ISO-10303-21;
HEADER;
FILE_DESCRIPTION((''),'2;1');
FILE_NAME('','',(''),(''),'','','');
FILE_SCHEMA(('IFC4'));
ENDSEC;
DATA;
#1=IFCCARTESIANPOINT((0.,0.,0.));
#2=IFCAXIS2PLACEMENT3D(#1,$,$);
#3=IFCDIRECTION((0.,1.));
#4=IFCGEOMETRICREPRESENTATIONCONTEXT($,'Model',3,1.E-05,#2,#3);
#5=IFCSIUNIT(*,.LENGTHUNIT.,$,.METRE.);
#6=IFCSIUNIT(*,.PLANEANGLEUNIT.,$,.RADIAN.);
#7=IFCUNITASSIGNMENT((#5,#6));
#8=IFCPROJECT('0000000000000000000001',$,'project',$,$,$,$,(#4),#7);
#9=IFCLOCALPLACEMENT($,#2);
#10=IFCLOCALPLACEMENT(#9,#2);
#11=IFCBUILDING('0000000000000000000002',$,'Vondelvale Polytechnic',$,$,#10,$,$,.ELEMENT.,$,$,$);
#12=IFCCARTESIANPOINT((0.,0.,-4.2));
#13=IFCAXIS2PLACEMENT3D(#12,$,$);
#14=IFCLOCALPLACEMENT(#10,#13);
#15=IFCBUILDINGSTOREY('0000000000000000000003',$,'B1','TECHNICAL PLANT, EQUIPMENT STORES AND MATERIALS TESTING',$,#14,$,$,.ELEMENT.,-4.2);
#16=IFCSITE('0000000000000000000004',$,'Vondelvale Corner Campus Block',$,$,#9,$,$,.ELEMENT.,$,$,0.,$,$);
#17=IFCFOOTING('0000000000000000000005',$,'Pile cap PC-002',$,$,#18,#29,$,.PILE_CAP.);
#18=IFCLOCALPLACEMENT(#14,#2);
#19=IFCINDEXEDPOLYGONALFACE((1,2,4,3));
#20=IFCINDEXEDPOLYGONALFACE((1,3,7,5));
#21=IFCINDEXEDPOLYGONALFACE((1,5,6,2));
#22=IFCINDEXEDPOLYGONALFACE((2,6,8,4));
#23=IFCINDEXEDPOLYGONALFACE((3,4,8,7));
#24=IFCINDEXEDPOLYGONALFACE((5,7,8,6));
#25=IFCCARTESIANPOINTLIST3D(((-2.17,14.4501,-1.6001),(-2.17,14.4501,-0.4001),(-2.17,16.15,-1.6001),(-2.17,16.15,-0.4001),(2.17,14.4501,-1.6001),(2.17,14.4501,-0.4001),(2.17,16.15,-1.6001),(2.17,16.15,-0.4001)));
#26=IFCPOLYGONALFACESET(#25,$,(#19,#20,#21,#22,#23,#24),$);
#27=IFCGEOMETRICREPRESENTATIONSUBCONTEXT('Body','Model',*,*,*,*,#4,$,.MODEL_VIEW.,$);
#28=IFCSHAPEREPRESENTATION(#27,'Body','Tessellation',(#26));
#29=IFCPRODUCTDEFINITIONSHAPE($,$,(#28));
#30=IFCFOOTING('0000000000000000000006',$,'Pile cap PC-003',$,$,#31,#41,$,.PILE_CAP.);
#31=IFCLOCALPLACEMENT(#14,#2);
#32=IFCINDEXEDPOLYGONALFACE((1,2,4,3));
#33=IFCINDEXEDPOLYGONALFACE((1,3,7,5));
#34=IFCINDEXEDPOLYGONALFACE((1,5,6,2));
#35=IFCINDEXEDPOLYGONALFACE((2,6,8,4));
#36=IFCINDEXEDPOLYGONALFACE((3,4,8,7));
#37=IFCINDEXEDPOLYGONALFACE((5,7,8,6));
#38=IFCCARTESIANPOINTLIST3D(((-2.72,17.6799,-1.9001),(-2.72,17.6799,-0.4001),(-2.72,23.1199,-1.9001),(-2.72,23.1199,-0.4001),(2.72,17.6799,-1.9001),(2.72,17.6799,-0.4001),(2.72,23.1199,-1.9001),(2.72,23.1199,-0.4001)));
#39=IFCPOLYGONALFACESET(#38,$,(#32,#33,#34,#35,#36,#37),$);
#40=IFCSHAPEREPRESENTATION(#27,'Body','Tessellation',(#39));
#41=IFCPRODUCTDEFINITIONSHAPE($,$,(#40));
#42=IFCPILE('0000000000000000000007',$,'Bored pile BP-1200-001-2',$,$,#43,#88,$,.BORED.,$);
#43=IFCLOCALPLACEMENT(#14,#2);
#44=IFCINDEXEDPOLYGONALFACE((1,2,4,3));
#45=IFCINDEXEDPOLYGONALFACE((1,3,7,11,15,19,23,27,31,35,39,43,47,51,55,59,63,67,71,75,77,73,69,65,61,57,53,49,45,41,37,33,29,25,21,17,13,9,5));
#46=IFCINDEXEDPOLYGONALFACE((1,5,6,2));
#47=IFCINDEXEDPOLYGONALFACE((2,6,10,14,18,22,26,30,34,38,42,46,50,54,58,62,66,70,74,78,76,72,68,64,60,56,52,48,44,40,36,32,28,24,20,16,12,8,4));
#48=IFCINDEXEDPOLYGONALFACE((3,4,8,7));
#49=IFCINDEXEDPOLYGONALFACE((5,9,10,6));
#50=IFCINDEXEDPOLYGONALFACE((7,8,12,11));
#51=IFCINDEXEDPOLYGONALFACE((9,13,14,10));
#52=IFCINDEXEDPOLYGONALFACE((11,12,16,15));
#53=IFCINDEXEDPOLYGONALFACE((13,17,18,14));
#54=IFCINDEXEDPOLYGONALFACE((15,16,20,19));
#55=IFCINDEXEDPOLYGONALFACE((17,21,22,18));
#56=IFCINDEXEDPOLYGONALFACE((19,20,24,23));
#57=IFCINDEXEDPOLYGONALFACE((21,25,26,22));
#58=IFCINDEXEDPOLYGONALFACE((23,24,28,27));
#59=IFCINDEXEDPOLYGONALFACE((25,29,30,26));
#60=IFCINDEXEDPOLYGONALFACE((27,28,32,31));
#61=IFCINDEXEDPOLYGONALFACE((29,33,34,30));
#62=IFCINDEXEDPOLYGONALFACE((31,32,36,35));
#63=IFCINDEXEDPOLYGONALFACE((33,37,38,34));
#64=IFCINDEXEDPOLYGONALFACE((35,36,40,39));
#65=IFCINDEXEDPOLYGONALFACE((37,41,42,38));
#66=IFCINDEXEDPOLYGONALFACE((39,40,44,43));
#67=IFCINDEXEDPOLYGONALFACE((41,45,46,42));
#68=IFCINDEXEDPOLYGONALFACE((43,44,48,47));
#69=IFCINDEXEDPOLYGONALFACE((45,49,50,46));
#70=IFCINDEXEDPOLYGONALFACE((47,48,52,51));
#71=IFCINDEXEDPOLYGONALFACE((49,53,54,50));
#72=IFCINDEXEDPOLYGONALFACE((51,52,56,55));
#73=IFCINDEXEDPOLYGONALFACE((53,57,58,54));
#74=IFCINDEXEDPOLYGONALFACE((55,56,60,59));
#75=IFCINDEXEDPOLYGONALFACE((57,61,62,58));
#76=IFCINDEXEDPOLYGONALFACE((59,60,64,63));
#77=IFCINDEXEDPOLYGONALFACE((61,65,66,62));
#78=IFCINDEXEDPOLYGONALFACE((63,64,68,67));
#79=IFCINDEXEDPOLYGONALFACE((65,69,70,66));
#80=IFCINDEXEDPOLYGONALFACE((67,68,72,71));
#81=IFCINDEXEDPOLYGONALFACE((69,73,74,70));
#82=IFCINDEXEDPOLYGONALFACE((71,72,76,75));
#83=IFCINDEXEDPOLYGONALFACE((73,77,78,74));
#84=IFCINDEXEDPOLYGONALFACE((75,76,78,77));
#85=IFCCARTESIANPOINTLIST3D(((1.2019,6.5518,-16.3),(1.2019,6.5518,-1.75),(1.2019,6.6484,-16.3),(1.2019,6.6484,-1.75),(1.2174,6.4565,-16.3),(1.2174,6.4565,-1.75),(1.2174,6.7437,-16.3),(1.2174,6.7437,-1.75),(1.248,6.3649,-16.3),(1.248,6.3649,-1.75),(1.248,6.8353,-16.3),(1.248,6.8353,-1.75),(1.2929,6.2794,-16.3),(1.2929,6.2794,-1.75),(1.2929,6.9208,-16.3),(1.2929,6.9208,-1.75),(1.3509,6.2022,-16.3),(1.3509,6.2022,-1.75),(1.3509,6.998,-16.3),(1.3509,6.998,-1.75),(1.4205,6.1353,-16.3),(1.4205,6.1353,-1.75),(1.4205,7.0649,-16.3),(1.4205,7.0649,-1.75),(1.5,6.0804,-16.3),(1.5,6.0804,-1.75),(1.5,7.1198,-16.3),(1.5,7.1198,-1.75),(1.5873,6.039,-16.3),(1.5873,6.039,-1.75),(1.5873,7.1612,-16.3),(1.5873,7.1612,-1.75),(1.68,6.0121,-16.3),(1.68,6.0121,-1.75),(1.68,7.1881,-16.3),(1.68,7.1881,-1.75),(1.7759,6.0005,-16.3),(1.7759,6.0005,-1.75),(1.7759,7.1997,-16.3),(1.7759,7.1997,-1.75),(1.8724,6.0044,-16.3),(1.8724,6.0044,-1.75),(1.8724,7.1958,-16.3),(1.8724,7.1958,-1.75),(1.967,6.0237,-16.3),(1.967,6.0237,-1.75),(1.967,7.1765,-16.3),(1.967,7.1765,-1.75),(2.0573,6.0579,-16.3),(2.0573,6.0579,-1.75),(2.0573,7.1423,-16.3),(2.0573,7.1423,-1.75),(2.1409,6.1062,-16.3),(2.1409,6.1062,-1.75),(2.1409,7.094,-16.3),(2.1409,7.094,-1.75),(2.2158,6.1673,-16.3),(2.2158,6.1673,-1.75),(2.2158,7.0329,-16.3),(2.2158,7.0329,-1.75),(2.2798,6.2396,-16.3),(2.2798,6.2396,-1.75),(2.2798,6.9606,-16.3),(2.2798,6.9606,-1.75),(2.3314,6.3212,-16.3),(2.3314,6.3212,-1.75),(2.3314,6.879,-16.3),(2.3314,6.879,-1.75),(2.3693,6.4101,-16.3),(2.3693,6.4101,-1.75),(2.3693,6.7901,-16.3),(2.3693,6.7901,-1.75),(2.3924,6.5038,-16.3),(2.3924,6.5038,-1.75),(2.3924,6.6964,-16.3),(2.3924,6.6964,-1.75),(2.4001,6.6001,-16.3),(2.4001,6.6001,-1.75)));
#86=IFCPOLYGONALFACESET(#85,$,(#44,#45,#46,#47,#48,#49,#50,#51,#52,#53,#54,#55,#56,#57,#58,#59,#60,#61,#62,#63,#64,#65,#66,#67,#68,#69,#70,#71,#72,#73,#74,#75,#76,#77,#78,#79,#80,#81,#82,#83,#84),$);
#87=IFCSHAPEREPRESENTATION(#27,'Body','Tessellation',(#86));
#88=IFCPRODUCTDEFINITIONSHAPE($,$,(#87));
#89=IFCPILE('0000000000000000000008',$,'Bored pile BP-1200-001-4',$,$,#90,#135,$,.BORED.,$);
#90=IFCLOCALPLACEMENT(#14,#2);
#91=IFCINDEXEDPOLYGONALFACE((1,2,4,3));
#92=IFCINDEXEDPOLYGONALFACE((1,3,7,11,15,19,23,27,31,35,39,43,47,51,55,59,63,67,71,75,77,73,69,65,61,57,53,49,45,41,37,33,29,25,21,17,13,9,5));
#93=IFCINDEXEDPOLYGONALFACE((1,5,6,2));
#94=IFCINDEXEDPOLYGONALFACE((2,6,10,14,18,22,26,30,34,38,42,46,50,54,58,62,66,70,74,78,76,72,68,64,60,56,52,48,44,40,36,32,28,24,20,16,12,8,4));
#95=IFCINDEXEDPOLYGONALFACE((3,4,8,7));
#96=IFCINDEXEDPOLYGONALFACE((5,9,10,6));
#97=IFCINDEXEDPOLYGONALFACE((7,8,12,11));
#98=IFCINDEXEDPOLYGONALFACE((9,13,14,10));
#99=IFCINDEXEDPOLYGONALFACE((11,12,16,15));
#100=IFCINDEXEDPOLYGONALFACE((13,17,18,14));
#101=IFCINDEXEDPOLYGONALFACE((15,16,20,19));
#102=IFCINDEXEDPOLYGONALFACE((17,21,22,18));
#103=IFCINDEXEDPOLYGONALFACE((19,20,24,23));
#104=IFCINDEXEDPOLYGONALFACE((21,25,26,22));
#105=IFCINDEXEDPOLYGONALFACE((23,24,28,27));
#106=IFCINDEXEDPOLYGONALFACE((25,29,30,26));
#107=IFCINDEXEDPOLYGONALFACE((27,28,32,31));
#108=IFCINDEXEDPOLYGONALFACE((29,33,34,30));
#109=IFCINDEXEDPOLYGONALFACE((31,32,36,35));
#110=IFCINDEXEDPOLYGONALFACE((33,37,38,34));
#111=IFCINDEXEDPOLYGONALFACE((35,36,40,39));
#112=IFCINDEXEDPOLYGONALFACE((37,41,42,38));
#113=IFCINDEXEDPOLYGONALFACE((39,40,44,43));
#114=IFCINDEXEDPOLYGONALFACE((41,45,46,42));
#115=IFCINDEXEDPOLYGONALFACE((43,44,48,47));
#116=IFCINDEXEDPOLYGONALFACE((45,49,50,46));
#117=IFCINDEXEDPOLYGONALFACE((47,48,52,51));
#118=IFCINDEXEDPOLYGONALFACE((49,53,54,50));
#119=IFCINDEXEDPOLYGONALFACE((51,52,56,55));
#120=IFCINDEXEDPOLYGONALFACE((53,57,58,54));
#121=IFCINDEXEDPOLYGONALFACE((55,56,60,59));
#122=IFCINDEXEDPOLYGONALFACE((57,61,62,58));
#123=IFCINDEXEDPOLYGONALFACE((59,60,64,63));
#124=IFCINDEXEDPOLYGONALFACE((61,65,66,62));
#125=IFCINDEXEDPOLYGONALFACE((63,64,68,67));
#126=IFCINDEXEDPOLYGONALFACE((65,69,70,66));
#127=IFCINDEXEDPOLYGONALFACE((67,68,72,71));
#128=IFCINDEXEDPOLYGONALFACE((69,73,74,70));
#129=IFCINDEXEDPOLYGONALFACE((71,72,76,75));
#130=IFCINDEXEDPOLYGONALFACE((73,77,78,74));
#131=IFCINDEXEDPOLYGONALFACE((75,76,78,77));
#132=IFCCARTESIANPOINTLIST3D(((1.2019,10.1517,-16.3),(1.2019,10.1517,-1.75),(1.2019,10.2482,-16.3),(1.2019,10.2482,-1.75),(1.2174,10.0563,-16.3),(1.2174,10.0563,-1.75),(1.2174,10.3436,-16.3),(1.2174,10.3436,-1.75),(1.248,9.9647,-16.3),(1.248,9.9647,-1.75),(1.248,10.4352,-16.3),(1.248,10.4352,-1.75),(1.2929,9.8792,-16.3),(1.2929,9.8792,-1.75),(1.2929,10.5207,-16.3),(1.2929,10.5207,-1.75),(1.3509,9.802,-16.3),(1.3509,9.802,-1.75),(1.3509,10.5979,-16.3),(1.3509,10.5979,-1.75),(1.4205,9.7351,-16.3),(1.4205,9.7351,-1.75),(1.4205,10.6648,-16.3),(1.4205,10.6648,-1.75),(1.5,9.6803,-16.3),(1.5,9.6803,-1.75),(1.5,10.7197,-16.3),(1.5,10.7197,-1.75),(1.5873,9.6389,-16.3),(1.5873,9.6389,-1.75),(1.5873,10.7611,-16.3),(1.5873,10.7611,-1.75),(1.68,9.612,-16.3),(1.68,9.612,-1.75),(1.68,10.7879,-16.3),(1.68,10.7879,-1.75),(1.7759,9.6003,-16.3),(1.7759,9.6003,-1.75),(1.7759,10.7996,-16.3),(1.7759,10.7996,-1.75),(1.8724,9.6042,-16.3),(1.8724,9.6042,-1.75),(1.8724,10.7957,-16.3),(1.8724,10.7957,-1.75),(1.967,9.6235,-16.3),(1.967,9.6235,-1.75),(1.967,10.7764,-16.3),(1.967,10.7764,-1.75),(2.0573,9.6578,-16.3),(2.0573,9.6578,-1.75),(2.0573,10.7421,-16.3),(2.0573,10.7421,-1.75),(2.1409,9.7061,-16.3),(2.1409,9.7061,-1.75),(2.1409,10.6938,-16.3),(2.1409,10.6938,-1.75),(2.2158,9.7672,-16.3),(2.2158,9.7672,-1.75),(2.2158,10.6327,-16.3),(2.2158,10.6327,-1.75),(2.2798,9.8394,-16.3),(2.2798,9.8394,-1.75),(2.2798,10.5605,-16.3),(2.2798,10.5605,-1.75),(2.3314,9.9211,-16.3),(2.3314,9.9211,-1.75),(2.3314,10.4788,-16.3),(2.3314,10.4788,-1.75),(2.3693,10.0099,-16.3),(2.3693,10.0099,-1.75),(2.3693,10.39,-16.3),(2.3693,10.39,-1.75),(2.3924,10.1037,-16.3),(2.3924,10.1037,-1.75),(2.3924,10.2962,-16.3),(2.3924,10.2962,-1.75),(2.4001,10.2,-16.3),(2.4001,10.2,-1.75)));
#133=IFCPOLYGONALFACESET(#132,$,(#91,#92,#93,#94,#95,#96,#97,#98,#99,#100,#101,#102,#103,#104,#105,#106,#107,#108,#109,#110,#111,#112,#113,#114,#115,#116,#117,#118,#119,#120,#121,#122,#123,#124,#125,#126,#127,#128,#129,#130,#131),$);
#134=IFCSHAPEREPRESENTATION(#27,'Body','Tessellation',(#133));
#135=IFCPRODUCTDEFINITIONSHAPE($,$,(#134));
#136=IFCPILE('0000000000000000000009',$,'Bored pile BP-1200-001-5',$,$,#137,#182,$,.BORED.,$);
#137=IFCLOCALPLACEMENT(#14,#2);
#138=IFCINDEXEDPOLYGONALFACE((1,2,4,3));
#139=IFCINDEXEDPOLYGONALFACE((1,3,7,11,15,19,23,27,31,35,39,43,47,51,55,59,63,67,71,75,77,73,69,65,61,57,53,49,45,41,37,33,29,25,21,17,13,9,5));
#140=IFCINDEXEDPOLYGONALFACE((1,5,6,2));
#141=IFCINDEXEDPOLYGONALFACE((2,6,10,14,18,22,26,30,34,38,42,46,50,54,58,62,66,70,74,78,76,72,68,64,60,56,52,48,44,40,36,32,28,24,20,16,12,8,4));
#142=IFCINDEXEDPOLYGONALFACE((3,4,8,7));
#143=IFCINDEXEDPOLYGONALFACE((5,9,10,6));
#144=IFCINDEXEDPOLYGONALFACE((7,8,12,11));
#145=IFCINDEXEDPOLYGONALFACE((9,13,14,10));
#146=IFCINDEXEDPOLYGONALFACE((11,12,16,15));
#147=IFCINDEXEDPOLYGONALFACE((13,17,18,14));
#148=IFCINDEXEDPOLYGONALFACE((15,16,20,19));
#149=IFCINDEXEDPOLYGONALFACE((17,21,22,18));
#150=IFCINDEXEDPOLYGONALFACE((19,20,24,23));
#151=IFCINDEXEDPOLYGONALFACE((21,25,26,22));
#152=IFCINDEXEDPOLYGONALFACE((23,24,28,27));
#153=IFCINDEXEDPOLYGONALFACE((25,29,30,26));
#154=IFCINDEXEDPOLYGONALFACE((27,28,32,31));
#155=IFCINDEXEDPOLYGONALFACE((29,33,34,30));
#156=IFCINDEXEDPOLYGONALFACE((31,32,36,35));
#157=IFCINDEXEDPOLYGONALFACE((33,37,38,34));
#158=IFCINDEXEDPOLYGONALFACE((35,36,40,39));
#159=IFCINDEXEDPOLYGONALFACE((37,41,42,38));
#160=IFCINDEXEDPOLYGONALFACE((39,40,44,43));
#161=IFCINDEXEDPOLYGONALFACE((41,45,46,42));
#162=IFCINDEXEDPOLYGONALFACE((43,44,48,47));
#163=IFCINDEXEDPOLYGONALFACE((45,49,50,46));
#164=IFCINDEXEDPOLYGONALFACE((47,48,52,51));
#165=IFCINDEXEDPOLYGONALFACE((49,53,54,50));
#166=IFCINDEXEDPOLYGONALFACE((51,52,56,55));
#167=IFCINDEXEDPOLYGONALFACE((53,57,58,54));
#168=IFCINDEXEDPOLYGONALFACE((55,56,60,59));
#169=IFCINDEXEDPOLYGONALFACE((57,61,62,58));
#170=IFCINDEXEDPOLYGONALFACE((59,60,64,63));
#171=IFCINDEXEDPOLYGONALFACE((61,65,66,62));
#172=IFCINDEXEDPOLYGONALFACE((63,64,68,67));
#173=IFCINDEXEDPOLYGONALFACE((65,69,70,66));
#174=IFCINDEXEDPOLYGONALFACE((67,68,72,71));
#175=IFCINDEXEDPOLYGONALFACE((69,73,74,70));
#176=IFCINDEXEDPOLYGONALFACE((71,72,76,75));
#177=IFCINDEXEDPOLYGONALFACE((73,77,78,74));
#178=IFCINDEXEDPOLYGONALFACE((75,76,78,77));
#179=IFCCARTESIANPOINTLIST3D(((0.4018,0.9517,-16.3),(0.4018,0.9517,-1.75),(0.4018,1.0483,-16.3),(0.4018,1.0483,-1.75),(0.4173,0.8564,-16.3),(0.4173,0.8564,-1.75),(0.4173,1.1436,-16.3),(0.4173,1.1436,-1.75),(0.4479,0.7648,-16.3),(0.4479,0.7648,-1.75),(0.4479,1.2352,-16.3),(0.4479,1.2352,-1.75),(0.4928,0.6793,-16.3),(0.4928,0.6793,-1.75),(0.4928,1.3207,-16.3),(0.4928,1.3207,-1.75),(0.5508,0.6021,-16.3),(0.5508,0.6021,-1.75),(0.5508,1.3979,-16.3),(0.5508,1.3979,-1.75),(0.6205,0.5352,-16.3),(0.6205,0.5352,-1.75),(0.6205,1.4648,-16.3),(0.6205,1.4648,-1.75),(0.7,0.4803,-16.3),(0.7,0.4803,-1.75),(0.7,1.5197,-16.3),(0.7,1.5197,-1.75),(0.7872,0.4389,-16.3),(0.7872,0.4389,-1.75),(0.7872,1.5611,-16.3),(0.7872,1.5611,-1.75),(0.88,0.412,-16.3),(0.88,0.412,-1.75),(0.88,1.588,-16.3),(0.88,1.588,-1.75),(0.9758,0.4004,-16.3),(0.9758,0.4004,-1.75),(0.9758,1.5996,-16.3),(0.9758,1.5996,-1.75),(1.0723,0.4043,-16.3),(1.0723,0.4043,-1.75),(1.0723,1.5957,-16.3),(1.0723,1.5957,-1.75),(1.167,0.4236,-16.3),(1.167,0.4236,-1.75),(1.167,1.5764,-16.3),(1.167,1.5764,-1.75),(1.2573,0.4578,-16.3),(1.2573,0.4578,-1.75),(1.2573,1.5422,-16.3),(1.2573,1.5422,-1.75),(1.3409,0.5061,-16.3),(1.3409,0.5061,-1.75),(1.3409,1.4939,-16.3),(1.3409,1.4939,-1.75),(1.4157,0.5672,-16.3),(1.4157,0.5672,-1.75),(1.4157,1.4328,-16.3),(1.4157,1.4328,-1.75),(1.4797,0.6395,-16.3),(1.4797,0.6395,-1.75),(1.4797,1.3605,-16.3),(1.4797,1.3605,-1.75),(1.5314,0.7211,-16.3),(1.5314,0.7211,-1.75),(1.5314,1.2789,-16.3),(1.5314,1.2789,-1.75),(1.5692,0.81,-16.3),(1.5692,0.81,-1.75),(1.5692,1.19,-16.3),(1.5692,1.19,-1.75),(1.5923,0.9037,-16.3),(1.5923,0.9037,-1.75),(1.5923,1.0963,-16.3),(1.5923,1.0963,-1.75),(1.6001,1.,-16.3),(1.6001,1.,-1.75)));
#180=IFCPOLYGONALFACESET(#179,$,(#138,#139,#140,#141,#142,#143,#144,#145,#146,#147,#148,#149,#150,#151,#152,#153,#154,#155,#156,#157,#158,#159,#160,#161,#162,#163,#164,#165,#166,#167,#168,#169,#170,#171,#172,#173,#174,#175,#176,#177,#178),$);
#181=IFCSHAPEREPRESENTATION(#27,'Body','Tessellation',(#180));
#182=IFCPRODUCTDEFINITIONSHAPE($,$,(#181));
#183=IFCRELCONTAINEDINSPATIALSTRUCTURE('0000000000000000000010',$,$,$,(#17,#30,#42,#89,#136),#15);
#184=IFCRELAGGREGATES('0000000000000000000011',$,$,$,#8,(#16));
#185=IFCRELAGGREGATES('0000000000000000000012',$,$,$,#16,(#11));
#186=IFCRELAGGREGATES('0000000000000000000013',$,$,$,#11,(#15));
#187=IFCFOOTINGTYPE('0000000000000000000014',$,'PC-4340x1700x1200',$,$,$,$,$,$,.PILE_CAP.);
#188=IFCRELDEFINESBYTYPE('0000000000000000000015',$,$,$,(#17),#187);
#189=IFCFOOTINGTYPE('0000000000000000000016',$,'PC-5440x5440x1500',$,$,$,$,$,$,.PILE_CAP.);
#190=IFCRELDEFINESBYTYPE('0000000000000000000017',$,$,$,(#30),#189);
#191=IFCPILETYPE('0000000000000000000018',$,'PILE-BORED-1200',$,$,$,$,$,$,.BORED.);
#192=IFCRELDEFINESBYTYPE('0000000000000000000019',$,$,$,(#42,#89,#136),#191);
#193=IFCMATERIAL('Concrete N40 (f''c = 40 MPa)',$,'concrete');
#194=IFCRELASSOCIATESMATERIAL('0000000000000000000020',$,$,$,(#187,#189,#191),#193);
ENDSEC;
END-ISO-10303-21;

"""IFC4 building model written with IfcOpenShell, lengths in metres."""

from ifc_helpers import new_model, si_unit, direction, frame, origin, origin_2d, place, context, subcontext, project, spatial, rectangle, circle, extrude, material, material_profile, profile_set, type_object, element, save


model = new_model("IFC4")

# Units and contexts
model_context = context("Model", 3, precision=1e-05, world=origin(), true_north=direction((0.0, 1.0)))
body_context = subcontext(model_context, "Body", "Model", "MODEL_VIEW")
ifc_project = project(units=[si_unit("LENGTHUNIT", "METRE"), si_unit("PLANEANGLEUNIT", "RADIAN")], contexts=[model_context])

# Site, building, storey
site_placement = place(None, origin())
site = spatial("IfcSite", under=ifc_project, at=site_placement, Name="Vondelvale Corner Campus Block", CompositionType="ELEMENT", RefElevation=0.0)
building_placement = place(site_placement, origin())
building = spatial("IfcBuilding", under=site, at=building_placement, Name="Vondelvale Polytechnic", CompositionType="ELEMENT")
storey_placement = place(building_placement, frame((0.0, 0.0, -4.2)))
storey = spatial("IfcBuildingStorey", under=building, at=storey_placement, Name="B1", Description="TECHNICAL PLANT, EQUIPMENT STORES AND MATERIALS TESTING", CompositionType="ELEMENT", Elevation=-4.2)

# Footings
ifc_material_1 = material(Name="Concrete N40 (f'c = 40 MPa)", Category="concrete")
footing_type_1 = type_object("IfcFootingType", Name="PC-4340x1700x1200", PredefinedType="PILE_CAP", material=ifc_material_1)
footing_1_placement = place(storey_placement, frame((0.0, 15.3, -1.6001), z_axis=(0.0, 0.0, 1.0), x_axis=(1.0, 0.0, 0.0)))
element("IfcFooting", 1, at=footing_1_placement, inside=storey, type_object=footing_type_1, Name="Pile cap PC-002", PredefinedType="PILE_CAP", context=body_context, shape_type="SweptSolid", body=[
    extrude(rectangle(XDim=4.3401, YDim=1.7, at=origin_2d()), origin(), (0.0, 0.0, 1.0), 1.2),
])
footing_type_2 = type_object("IfcFootingType", Name="PC-5440x5440x1500", PredefinedType="PILE_CAP", material=ifc_material_1)
footing_2_placement = place(storey_placement, frame((0.0, 20.3999, -1.9001), z_axis=(0.0, 0.0, 1.0), x_axis=(1.0, 0.0, 0.0)))
element("IfcFooting", 2, at=footing_2_placement, inside=storey, type_object=footing_type_2, Name="Pile cap PC-003", PredefinedType="PILE_CAP", context=body_context, shape_type="SweptSolid", body=[
    extrude(rectangle(XDim=5.4399, YDim=5.4399, at=origin_2d()), origin(), (0.0, 0.0, 1.0), 1.5),
])

# Piles
ifc_material_profile_1 = material_profile(ifc_material_1, circle(Radius=0.6001, at=origin_2d()), Name="PILE-D1200")
ifc_profile_set_1 = profile_set([ifc_material_profile_1], Name="Concrete N40 (f'c = 40 MPa)")
pile_type_1 = type_object("IfcPileType", Name="PILE-BORED-1200", PredefinedType="BORED", material=ifc_profile_set_1)
for number, where, z_axis, x_axis, name in (
    (3, (1.8, 6.6001, -1.75), (0.0, 0.0, -1.0), (1.0, 0.0, 0.0), "Bored pile BP-1200-001-2"),
    (4, (1.8, 10.2, -1.75), (0.0, 0.0, -1.0), (1.0, 0.0, 0.0), "Bored pile BP-1200-001-4"),
    (5, (1.0, 1.0, -1.75), (0.0, 0.0, -1.0), (1.0, 0.0, 0.0), "Bored pile BP-1200-001-5"),
):
    element("IfcPile", number, at=place(storey_placement, frame(where, z_axis=z_axis, x_axis=x_axis)), inside=storey, type_object=pile_type_1, Name=name, PredefinedType="BORED", context=body_context, shape_type="SweptSolid", body=[
        extrude(circle(Radius=0.6001, at=origin_2d()), origin(), (0.0, 0.0, 1.0), 14.55),
    ])

save(model, "model.ifc")
